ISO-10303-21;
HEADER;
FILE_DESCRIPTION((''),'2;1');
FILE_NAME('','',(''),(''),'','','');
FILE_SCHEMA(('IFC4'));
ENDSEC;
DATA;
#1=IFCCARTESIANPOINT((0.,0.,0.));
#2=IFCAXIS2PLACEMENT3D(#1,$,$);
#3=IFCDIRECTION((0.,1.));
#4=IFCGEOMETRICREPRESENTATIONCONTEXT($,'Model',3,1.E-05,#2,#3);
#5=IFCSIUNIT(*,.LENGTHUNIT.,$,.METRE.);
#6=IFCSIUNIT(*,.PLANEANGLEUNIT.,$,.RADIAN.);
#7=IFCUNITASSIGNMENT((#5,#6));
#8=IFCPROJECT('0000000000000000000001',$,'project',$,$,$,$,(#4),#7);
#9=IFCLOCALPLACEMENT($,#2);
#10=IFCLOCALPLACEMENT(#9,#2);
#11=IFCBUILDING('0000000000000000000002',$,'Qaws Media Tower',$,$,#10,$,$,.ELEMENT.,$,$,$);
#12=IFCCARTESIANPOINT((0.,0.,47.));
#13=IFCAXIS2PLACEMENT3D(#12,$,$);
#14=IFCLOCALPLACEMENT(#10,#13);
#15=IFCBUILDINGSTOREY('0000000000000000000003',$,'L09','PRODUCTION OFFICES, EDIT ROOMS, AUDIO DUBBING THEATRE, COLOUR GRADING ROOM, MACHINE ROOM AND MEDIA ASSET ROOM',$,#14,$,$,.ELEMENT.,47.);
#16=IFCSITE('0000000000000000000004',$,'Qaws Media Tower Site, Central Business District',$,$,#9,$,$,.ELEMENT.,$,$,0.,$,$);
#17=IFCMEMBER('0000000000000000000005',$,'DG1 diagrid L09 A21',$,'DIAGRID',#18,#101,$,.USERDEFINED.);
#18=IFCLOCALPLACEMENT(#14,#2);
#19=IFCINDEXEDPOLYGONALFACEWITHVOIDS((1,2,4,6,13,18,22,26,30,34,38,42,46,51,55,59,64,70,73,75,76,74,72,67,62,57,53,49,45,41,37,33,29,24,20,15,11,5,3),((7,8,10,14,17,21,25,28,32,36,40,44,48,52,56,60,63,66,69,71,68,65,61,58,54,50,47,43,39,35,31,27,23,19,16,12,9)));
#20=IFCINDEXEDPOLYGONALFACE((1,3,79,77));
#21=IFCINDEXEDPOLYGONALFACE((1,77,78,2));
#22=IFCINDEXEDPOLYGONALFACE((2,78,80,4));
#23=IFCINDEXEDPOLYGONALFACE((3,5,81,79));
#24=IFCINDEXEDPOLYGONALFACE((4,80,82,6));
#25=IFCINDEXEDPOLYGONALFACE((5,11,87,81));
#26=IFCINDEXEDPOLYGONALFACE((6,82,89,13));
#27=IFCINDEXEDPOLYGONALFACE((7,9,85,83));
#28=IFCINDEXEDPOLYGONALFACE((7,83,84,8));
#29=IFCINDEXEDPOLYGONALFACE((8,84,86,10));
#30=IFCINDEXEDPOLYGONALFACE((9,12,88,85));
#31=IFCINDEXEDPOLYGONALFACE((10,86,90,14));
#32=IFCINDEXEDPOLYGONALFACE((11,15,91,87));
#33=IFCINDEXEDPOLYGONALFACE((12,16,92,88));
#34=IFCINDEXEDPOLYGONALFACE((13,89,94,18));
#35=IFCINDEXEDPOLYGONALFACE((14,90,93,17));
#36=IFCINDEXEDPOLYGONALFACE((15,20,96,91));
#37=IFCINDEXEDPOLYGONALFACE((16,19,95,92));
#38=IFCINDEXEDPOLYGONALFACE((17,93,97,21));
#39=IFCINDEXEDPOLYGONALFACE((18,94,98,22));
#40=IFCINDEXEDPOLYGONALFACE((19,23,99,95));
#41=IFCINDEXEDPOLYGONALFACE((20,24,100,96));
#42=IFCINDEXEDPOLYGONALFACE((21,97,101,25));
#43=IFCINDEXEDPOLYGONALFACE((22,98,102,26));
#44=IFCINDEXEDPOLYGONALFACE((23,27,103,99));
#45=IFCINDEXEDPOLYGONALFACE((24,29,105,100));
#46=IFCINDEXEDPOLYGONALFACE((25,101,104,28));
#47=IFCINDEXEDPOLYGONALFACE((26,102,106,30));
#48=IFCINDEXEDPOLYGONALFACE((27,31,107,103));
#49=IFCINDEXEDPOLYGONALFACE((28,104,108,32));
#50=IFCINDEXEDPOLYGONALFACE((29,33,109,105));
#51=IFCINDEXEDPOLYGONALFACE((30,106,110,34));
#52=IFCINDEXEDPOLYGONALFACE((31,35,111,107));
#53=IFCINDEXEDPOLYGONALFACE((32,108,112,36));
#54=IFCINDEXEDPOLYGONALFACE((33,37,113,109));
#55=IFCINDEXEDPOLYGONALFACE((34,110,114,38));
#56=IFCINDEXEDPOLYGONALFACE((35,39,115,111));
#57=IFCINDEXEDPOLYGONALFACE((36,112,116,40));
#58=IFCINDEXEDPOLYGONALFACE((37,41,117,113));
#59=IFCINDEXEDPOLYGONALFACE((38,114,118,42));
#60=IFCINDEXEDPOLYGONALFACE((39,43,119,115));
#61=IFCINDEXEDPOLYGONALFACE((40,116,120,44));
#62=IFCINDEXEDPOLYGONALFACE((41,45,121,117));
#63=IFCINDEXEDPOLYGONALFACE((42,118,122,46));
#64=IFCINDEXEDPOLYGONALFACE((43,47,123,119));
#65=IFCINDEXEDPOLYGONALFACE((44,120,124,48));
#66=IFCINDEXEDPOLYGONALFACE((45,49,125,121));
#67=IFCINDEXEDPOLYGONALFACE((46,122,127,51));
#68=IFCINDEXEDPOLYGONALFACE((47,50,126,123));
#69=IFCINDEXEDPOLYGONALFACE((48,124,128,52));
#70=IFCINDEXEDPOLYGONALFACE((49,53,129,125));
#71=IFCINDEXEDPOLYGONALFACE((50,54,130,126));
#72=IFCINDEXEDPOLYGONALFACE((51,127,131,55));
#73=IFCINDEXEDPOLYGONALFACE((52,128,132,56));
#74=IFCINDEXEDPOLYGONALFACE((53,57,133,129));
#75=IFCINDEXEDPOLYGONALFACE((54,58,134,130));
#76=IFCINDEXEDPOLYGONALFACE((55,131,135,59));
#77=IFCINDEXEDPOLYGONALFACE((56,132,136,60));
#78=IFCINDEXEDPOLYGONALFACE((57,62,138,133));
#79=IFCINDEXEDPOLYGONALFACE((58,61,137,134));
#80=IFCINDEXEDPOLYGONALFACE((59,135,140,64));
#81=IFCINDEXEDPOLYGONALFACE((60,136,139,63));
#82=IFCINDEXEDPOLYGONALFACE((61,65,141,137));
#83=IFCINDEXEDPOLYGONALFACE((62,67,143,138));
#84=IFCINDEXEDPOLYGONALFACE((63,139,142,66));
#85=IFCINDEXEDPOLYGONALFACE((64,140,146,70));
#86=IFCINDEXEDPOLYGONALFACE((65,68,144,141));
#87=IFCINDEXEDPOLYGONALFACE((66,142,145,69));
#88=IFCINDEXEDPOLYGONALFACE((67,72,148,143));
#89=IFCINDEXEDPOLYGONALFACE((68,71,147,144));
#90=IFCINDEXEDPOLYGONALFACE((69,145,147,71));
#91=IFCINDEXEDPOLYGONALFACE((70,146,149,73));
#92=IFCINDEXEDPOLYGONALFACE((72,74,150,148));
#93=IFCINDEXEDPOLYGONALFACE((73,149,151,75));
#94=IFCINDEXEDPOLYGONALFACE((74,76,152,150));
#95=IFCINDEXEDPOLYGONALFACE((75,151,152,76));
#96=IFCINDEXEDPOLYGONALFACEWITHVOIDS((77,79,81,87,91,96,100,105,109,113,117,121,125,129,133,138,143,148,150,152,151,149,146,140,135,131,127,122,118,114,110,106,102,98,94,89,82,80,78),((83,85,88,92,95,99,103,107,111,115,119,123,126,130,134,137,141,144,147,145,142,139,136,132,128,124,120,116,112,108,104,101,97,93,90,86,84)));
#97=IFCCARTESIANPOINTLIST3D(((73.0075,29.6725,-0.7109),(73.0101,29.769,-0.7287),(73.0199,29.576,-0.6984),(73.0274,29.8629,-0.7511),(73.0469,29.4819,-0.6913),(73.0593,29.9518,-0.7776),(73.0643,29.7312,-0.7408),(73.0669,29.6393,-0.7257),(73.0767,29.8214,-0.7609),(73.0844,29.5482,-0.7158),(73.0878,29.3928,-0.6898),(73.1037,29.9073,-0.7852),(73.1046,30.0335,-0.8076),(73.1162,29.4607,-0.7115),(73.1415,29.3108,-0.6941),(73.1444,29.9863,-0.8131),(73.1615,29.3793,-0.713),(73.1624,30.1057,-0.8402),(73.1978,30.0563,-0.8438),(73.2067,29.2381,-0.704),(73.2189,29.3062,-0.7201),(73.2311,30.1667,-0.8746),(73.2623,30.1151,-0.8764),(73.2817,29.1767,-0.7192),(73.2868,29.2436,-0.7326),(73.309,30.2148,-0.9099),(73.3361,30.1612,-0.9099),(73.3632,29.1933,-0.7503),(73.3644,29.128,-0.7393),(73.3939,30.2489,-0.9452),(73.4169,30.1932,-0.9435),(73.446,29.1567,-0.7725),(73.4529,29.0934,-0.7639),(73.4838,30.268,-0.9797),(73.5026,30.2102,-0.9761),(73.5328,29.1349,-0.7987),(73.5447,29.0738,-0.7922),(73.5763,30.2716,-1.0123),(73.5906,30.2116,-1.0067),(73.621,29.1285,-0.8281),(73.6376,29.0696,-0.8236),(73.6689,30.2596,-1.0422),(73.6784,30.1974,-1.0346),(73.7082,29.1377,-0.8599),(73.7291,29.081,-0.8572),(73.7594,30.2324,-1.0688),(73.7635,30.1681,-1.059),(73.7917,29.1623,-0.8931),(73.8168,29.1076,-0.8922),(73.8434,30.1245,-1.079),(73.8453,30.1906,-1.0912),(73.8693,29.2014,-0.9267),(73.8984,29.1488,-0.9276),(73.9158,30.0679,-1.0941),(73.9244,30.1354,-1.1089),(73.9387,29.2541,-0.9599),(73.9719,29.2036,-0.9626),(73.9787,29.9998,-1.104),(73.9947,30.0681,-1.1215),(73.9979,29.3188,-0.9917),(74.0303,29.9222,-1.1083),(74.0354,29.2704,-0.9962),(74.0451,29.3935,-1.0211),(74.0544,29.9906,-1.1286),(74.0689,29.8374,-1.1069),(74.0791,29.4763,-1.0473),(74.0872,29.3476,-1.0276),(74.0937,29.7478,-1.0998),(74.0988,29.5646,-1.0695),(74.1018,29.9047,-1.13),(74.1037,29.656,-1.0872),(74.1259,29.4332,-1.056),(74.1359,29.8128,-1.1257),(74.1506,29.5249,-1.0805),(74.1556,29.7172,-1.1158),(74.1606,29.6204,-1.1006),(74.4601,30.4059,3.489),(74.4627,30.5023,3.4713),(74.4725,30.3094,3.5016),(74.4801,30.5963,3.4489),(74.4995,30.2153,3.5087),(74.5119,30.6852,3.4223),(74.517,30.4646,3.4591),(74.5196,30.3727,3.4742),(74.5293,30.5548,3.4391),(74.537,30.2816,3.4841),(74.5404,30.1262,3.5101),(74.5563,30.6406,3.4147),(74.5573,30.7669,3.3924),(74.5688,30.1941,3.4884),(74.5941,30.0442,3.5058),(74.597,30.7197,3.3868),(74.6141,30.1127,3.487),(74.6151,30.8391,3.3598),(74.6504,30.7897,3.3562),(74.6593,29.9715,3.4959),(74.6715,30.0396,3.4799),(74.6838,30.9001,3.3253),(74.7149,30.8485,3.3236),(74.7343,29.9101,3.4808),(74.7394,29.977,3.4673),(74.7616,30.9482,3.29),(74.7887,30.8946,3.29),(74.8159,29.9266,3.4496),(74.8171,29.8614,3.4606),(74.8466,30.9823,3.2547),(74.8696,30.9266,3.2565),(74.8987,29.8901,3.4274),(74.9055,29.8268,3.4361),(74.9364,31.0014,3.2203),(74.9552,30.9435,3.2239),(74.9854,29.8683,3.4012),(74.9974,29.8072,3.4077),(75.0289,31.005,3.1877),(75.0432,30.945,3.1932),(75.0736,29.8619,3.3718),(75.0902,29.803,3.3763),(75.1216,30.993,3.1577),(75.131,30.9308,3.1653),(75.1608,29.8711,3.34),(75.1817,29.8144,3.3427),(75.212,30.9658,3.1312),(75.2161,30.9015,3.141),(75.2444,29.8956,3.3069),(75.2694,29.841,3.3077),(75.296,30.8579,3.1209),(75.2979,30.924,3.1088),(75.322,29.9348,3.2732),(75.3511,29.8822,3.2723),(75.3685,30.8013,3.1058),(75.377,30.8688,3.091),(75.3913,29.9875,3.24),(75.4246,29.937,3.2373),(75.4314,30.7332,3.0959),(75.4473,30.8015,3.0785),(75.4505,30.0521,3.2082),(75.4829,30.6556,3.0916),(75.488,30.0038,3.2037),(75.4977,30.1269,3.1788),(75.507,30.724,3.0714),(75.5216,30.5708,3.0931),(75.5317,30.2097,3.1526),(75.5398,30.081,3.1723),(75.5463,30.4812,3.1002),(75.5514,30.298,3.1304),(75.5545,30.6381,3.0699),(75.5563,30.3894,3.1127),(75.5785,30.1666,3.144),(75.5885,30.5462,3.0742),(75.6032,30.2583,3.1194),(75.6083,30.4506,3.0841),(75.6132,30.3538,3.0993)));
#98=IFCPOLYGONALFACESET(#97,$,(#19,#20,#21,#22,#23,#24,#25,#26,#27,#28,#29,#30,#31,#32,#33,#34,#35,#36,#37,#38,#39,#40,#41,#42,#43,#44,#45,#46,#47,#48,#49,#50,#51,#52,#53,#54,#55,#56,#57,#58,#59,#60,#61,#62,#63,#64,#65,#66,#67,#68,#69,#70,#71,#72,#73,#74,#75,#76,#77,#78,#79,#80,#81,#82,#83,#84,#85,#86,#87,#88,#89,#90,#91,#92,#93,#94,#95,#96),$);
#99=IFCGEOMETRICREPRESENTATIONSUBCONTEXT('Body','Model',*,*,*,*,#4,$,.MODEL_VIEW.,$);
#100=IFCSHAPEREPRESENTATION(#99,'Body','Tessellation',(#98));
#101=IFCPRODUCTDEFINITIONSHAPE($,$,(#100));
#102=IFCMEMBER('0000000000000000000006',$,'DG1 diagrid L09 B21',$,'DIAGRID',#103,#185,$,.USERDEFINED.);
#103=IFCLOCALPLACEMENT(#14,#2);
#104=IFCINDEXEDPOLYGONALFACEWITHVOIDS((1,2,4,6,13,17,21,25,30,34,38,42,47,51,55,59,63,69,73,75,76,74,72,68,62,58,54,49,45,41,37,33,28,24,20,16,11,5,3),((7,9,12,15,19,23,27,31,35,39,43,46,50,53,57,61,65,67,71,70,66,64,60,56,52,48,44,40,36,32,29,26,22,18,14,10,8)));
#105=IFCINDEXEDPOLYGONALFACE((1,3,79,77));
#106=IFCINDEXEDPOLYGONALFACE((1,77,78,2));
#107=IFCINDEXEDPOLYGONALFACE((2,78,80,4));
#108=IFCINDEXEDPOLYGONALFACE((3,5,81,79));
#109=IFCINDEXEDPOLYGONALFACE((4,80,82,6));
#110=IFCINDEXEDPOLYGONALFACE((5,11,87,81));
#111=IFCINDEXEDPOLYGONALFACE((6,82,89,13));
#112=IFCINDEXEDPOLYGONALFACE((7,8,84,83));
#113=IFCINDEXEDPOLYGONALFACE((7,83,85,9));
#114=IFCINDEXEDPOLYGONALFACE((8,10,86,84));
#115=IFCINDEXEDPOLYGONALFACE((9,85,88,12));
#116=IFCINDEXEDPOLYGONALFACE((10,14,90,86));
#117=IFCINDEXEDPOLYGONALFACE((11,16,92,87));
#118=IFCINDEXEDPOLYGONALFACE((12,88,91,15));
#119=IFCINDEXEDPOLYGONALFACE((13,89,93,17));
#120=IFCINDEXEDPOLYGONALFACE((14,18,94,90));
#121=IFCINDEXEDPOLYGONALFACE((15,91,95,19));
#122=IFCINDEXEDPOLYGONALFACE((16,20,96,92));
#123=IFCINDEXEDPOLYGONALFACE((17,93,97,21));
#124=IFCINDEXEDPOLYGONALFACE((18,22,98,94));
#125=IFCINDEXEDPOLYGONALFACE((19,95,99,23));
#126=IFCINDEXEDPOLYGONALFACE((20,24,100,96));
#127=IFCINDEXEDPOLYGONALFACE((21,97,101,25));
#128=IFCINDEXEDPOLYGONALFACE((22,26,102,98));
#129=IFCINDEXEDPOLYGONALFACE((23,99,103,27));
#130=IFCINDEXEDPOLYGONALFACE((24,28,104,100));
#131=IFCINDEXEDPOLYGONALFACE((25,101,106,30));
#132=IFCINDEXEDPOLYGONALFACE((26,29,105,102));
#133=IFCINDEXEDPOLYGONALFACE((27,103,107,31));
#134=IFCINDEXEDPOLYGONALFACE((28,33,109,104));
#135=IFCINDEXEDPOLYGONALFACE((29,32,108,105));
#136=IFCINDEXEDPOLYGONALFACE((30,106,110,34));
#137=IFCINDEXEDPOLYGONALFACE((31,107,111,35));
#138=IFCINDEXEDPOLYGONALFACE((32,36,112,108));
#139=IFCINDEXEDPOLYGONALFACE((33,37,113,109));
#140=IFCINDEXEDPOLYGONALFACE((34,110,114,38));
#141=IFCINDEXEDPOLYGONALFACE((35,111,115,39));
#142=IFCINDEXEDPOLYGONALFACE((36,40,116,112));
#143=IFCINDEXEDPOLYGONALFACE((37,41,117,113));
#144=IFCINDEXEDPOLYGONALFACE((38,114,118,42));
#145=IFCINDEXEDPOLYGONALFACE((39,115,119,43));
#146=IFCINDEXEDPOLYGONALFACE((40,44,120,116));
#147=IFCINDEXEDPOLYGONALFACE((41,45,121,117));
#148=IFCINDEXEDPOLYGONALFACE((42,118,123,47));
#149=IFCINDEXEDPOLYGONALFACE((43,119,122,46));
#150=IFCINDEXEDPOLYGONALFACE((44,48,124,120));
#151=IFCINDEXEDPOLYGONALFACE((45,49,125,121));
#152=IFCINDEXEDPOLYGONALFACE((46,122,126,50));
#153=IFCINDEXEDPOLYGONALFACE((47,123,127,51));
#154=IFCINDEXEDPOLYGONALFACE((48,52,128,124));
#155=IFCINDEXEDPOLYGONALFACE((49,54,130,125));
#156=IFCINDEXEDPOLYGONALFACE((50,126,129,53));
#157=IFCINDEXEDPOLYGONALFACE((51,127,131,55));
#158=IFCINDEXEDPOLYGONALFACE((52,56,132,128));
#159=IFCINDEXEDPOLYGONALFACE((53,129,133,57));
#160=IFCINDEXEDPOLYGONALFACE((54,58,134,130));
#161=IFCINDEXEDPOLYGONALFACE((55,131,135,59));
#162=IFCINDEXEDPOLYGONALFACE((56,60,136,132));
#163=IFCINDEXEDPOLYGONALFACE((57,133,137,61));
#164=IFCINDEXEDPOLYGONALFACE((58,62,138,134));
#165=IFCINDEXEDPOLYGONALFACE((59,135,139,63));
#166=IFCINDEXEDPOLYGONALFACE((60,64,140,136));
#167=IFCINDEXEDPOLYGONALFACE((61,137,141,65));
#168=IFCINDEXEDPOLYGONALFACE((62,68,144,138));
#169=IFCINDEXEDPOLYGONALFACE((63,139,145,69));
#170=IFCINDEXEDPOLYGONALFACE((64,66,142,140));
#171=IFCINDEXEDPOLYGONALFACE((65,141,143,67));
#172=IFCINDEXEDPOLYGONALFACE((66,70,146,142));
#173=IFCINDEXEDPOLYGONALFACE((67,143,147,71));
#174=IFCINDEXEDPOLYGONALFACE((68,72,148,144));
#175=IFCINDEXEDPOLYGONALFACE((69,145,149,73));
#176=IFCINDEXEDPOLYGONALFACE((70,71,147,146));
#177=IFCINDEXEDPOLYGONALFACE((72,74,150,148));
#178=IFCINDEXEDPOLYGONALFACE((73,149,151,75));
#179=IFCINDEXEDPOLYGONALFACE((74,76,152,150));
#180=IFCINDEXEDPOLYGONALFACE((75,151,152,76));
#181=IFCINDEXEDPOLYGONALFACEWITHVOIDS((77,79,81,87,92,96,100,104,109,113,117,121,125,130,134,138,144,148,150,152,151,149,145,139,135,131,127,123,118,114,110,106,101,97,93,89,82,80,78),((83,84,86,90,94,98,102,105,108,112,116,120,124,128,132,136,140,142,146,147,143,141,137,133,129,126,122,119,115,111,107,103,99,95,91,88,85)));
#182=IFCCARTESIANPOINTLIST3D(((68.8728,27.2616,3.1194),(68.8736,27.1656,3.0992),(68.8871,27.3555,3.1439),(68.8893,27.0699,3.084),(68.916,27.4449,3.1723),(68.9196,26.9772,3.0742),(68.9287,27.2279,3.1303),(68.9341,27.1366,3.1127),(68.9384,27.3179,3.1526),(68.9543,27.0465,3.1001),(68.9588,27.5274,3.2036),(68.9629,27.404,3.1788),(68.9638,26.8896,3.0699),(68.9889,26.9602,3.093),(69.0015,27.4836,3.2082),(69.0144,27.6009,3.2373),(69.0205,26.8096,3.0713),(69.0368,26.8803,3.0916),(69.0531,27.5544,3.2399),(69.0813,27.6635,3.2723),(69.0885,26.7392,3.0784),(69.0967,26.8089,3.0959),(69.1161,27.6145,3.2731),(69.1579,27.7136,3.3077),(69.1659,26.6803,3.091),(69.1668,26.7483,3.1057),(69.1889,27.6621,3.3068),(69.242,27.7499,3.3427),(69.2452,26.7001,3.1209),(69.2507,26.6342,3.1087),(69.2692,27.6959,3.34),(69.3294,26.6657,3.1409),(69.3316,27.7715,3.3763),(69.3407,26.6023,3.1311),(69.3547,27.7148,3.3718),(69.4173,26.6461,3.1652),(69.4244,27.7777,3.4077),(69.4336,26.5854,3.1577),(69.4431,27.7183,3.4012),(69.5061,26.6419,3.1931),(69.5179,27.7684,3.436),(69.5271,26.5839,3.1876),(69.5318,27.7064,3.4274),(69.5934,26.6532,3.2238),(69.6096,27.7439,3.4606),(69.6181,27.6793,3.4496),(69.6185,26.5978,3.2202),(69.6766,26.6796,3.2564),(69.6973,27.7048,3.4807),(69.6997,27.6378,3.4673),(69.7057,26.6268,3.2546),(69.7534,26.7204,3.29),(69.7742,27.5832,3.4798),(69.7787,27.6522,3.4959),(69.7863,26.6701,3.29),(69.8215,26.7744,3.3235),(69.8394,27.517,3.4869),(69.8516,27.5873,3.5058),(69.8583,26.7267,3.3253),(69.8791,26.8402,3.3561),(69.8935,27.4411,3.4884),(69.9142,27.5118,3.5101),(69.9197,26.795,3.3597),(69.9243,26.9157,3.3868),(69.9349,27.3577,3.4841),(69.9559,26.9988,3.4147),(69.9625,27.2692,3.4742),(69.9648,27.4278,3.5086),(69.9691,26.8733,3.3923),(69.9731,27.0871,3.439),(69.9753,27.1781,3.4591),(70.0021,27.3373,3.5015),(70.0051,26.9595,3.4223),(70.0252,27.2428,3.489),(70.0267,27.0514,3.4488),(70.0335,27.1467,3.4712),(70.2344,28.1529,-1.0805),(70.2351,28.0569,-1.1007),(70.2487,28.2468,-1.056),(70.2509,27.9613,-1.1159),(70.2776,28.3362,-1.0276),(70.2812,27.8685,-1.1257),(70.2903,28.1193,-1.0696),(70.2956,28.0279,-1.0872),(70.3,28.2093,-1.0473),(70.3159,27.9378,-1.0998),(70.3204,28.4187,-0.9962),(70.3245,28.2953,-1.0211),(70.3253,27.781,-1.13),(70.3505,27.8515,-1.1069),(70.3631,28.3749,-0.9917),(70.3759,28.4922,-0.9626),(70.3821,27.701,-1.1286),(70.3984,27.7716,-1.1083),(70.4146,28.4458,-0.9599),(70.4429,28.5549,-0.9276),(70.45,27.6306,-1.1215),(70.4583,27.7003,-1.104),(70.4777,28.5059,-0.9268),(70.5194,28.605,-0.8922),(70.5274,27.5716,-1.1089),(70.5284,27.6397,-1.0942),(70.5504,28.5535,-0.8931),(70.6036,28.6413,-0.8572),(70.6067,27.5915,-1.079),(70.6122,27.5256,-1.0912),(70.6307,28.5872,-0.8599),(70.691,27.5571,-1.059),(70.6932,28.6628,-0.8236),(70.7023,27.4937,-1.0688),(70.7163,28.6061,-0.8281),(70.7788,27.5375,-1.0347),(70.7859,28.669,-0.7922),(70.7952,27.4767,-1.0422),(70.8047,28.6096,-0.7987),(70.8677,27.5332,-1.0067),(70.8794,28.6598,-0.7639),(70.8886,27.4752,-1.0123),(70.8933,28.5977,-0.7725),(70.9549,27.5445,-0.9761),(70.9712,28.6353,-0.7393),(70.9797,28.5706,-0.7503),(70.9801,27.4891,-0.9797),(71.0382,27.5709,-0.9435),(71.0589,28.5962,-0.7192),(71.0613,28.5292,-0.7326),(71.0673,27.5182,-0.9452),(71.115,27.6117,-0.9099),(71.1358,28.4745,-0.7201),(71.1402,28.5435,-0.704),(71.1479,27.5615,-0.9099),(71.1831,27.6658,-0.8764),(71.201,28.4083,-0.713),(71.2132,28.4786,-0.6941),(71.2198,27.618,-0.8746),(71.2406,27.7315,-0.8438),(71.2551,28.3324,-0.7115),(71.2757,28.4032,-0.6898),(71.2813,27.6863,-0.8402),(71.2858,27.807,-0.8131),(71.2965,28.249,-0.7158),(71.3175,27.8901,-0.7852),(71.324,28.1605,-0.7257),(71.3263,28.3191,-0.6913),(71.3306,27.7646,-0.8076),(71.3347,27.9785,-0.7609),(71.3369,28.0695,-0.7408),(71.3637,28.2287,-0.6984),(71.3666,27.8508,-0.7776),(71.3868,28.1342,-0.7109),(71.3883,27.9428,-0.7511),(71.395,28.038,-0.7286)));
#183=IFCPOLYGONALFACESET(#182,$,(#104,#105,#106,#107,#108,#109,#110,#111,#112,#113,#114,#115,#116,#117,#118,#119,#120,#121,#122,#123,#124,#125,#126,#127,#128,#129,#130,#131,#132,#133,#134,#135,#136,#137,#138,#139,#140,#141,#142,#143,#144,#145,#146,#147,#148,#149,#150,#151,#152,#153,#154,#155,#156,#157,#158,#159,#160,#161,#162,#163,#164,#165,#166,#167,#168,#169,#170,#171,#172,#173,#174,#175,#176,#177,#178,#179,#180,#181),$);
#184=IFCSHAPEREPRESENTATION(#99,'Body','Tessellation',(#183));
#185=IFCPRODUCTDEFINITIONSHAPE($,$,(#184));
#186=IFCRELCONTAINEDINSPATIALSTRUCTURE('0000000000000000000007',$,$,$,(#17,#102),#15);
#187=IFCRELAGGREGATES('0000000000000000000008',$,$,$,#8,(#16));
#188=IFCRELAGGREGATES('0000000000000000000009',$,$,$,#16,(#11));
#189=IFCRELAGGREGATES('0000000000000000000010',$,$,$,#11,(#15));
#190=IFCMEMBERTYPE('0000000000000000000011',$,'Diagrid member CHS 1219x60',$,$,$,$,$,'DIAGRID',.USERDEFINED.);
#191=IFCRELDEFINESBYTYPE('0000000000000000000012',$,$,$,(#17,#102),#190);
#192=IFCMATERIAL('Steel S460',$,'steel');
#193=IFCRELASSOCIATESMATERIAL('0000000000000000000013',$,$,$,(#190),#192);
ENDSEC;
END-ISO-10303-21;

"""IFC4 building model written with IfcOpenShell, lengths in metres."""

from ifc_helpers import new_model, si_unit, direction, frame, origin, origin_2d, place, context, subcontext, project, spatial, hollow_circle, extrude, material, material_profile, profile_set, type_object, element, save


model = new_model("IFC4")

# Units and contexts
model_context = context("Model", 3, precision=1e-05, world=origin(), true_north=direction((0.0, 1.0)))
body_context = subcontext(model_context, "Body", "Model", "MODEL_VIEW")
ifc_project = project(units=[si_unit("LENGTHUNIT", "METRE"), si_unit("PLANEANGLEUNIT", "RADIAN")], contexts=[model_context])

# Site, building, storey
site_placement = place(None, origin())
site = spatial("IfcSite", under=ifc_project, at=site_placement, Name="Qaws Media Tower Site, Central Business District", CompositionType="ELEMENT", RefElevation=0.0)
building_placement = place(site_placement, origin())
building = spatial("IfcBuilding", under=site, at=building_placement, Name="Qaws Media Tower", CompositionType="ELEMENT")
storey_placement = place(building_placement, frame((0.0, 0.0, 47.0)))
storey = spatial("IfcBuildingStorey", under=building, at=storey_placement, Name="L09", Description="PRODUCTION OFFICES, EDIT ROOMS, AUDIO DUBBING THEATRE, COLOUR GRADING ROOM, MACHINE ROOM AND MEDIA ASSET ROOM", CompositionType="ELEMENT", Elevation=47.0)

# Members
ifc_material_1 = material(Name="Steel S460", Category="steel")
ifc_material_profile_1 = material_profile(ifc_material_1, hollow_circle(Radius=0.6096, WallThickness=0.0601, at=origin_2d()), Name="CHS 1219x60")
ifc_profile_set_1 = profile_set([ifc_material_profile_1], Name="Steel S460")
member_type_1 = type_object("IfcMemberType", Name="Diagrid member CHS 1219x60", ElementType="DIAGRID", PredefinedType="USERDEFINED", material=ifc_profile_set_1)
for number, where, z_axis, x_axis, name in (
    (1, (73.5837, 29.6707, -0.9099), (0.322509, 0.162826, 0.932457), (-0.450691, 0.89268, 0.0), "DG1 diagrid L09 A21"),
    (2, (70.814, 28.0715, -0.9099), (-0.302288, -0.197894, 0.932448), (0.547722, -0.83666, 0.0), "DG1 diagrid L09 B21"),
):
    element("IfcMember", number, at=place(storey_placement, frame(where, z_axis=z_axis, x_axis=x_axis)), inside=storey, type_object=member_type_1, Name=name, ObjectType="DIAGRID", PredefinedType="USERDEFINED", context=body_context, shape_type="SweptSolid", body=[
        extrude(hollow_circle(Radius=0.6096, WallThickness=0.0601, at=origin_2d()), origin(), (0.0, 0.0, 1.0), 4.5042),
    ])

save(model, "model.ifc")
